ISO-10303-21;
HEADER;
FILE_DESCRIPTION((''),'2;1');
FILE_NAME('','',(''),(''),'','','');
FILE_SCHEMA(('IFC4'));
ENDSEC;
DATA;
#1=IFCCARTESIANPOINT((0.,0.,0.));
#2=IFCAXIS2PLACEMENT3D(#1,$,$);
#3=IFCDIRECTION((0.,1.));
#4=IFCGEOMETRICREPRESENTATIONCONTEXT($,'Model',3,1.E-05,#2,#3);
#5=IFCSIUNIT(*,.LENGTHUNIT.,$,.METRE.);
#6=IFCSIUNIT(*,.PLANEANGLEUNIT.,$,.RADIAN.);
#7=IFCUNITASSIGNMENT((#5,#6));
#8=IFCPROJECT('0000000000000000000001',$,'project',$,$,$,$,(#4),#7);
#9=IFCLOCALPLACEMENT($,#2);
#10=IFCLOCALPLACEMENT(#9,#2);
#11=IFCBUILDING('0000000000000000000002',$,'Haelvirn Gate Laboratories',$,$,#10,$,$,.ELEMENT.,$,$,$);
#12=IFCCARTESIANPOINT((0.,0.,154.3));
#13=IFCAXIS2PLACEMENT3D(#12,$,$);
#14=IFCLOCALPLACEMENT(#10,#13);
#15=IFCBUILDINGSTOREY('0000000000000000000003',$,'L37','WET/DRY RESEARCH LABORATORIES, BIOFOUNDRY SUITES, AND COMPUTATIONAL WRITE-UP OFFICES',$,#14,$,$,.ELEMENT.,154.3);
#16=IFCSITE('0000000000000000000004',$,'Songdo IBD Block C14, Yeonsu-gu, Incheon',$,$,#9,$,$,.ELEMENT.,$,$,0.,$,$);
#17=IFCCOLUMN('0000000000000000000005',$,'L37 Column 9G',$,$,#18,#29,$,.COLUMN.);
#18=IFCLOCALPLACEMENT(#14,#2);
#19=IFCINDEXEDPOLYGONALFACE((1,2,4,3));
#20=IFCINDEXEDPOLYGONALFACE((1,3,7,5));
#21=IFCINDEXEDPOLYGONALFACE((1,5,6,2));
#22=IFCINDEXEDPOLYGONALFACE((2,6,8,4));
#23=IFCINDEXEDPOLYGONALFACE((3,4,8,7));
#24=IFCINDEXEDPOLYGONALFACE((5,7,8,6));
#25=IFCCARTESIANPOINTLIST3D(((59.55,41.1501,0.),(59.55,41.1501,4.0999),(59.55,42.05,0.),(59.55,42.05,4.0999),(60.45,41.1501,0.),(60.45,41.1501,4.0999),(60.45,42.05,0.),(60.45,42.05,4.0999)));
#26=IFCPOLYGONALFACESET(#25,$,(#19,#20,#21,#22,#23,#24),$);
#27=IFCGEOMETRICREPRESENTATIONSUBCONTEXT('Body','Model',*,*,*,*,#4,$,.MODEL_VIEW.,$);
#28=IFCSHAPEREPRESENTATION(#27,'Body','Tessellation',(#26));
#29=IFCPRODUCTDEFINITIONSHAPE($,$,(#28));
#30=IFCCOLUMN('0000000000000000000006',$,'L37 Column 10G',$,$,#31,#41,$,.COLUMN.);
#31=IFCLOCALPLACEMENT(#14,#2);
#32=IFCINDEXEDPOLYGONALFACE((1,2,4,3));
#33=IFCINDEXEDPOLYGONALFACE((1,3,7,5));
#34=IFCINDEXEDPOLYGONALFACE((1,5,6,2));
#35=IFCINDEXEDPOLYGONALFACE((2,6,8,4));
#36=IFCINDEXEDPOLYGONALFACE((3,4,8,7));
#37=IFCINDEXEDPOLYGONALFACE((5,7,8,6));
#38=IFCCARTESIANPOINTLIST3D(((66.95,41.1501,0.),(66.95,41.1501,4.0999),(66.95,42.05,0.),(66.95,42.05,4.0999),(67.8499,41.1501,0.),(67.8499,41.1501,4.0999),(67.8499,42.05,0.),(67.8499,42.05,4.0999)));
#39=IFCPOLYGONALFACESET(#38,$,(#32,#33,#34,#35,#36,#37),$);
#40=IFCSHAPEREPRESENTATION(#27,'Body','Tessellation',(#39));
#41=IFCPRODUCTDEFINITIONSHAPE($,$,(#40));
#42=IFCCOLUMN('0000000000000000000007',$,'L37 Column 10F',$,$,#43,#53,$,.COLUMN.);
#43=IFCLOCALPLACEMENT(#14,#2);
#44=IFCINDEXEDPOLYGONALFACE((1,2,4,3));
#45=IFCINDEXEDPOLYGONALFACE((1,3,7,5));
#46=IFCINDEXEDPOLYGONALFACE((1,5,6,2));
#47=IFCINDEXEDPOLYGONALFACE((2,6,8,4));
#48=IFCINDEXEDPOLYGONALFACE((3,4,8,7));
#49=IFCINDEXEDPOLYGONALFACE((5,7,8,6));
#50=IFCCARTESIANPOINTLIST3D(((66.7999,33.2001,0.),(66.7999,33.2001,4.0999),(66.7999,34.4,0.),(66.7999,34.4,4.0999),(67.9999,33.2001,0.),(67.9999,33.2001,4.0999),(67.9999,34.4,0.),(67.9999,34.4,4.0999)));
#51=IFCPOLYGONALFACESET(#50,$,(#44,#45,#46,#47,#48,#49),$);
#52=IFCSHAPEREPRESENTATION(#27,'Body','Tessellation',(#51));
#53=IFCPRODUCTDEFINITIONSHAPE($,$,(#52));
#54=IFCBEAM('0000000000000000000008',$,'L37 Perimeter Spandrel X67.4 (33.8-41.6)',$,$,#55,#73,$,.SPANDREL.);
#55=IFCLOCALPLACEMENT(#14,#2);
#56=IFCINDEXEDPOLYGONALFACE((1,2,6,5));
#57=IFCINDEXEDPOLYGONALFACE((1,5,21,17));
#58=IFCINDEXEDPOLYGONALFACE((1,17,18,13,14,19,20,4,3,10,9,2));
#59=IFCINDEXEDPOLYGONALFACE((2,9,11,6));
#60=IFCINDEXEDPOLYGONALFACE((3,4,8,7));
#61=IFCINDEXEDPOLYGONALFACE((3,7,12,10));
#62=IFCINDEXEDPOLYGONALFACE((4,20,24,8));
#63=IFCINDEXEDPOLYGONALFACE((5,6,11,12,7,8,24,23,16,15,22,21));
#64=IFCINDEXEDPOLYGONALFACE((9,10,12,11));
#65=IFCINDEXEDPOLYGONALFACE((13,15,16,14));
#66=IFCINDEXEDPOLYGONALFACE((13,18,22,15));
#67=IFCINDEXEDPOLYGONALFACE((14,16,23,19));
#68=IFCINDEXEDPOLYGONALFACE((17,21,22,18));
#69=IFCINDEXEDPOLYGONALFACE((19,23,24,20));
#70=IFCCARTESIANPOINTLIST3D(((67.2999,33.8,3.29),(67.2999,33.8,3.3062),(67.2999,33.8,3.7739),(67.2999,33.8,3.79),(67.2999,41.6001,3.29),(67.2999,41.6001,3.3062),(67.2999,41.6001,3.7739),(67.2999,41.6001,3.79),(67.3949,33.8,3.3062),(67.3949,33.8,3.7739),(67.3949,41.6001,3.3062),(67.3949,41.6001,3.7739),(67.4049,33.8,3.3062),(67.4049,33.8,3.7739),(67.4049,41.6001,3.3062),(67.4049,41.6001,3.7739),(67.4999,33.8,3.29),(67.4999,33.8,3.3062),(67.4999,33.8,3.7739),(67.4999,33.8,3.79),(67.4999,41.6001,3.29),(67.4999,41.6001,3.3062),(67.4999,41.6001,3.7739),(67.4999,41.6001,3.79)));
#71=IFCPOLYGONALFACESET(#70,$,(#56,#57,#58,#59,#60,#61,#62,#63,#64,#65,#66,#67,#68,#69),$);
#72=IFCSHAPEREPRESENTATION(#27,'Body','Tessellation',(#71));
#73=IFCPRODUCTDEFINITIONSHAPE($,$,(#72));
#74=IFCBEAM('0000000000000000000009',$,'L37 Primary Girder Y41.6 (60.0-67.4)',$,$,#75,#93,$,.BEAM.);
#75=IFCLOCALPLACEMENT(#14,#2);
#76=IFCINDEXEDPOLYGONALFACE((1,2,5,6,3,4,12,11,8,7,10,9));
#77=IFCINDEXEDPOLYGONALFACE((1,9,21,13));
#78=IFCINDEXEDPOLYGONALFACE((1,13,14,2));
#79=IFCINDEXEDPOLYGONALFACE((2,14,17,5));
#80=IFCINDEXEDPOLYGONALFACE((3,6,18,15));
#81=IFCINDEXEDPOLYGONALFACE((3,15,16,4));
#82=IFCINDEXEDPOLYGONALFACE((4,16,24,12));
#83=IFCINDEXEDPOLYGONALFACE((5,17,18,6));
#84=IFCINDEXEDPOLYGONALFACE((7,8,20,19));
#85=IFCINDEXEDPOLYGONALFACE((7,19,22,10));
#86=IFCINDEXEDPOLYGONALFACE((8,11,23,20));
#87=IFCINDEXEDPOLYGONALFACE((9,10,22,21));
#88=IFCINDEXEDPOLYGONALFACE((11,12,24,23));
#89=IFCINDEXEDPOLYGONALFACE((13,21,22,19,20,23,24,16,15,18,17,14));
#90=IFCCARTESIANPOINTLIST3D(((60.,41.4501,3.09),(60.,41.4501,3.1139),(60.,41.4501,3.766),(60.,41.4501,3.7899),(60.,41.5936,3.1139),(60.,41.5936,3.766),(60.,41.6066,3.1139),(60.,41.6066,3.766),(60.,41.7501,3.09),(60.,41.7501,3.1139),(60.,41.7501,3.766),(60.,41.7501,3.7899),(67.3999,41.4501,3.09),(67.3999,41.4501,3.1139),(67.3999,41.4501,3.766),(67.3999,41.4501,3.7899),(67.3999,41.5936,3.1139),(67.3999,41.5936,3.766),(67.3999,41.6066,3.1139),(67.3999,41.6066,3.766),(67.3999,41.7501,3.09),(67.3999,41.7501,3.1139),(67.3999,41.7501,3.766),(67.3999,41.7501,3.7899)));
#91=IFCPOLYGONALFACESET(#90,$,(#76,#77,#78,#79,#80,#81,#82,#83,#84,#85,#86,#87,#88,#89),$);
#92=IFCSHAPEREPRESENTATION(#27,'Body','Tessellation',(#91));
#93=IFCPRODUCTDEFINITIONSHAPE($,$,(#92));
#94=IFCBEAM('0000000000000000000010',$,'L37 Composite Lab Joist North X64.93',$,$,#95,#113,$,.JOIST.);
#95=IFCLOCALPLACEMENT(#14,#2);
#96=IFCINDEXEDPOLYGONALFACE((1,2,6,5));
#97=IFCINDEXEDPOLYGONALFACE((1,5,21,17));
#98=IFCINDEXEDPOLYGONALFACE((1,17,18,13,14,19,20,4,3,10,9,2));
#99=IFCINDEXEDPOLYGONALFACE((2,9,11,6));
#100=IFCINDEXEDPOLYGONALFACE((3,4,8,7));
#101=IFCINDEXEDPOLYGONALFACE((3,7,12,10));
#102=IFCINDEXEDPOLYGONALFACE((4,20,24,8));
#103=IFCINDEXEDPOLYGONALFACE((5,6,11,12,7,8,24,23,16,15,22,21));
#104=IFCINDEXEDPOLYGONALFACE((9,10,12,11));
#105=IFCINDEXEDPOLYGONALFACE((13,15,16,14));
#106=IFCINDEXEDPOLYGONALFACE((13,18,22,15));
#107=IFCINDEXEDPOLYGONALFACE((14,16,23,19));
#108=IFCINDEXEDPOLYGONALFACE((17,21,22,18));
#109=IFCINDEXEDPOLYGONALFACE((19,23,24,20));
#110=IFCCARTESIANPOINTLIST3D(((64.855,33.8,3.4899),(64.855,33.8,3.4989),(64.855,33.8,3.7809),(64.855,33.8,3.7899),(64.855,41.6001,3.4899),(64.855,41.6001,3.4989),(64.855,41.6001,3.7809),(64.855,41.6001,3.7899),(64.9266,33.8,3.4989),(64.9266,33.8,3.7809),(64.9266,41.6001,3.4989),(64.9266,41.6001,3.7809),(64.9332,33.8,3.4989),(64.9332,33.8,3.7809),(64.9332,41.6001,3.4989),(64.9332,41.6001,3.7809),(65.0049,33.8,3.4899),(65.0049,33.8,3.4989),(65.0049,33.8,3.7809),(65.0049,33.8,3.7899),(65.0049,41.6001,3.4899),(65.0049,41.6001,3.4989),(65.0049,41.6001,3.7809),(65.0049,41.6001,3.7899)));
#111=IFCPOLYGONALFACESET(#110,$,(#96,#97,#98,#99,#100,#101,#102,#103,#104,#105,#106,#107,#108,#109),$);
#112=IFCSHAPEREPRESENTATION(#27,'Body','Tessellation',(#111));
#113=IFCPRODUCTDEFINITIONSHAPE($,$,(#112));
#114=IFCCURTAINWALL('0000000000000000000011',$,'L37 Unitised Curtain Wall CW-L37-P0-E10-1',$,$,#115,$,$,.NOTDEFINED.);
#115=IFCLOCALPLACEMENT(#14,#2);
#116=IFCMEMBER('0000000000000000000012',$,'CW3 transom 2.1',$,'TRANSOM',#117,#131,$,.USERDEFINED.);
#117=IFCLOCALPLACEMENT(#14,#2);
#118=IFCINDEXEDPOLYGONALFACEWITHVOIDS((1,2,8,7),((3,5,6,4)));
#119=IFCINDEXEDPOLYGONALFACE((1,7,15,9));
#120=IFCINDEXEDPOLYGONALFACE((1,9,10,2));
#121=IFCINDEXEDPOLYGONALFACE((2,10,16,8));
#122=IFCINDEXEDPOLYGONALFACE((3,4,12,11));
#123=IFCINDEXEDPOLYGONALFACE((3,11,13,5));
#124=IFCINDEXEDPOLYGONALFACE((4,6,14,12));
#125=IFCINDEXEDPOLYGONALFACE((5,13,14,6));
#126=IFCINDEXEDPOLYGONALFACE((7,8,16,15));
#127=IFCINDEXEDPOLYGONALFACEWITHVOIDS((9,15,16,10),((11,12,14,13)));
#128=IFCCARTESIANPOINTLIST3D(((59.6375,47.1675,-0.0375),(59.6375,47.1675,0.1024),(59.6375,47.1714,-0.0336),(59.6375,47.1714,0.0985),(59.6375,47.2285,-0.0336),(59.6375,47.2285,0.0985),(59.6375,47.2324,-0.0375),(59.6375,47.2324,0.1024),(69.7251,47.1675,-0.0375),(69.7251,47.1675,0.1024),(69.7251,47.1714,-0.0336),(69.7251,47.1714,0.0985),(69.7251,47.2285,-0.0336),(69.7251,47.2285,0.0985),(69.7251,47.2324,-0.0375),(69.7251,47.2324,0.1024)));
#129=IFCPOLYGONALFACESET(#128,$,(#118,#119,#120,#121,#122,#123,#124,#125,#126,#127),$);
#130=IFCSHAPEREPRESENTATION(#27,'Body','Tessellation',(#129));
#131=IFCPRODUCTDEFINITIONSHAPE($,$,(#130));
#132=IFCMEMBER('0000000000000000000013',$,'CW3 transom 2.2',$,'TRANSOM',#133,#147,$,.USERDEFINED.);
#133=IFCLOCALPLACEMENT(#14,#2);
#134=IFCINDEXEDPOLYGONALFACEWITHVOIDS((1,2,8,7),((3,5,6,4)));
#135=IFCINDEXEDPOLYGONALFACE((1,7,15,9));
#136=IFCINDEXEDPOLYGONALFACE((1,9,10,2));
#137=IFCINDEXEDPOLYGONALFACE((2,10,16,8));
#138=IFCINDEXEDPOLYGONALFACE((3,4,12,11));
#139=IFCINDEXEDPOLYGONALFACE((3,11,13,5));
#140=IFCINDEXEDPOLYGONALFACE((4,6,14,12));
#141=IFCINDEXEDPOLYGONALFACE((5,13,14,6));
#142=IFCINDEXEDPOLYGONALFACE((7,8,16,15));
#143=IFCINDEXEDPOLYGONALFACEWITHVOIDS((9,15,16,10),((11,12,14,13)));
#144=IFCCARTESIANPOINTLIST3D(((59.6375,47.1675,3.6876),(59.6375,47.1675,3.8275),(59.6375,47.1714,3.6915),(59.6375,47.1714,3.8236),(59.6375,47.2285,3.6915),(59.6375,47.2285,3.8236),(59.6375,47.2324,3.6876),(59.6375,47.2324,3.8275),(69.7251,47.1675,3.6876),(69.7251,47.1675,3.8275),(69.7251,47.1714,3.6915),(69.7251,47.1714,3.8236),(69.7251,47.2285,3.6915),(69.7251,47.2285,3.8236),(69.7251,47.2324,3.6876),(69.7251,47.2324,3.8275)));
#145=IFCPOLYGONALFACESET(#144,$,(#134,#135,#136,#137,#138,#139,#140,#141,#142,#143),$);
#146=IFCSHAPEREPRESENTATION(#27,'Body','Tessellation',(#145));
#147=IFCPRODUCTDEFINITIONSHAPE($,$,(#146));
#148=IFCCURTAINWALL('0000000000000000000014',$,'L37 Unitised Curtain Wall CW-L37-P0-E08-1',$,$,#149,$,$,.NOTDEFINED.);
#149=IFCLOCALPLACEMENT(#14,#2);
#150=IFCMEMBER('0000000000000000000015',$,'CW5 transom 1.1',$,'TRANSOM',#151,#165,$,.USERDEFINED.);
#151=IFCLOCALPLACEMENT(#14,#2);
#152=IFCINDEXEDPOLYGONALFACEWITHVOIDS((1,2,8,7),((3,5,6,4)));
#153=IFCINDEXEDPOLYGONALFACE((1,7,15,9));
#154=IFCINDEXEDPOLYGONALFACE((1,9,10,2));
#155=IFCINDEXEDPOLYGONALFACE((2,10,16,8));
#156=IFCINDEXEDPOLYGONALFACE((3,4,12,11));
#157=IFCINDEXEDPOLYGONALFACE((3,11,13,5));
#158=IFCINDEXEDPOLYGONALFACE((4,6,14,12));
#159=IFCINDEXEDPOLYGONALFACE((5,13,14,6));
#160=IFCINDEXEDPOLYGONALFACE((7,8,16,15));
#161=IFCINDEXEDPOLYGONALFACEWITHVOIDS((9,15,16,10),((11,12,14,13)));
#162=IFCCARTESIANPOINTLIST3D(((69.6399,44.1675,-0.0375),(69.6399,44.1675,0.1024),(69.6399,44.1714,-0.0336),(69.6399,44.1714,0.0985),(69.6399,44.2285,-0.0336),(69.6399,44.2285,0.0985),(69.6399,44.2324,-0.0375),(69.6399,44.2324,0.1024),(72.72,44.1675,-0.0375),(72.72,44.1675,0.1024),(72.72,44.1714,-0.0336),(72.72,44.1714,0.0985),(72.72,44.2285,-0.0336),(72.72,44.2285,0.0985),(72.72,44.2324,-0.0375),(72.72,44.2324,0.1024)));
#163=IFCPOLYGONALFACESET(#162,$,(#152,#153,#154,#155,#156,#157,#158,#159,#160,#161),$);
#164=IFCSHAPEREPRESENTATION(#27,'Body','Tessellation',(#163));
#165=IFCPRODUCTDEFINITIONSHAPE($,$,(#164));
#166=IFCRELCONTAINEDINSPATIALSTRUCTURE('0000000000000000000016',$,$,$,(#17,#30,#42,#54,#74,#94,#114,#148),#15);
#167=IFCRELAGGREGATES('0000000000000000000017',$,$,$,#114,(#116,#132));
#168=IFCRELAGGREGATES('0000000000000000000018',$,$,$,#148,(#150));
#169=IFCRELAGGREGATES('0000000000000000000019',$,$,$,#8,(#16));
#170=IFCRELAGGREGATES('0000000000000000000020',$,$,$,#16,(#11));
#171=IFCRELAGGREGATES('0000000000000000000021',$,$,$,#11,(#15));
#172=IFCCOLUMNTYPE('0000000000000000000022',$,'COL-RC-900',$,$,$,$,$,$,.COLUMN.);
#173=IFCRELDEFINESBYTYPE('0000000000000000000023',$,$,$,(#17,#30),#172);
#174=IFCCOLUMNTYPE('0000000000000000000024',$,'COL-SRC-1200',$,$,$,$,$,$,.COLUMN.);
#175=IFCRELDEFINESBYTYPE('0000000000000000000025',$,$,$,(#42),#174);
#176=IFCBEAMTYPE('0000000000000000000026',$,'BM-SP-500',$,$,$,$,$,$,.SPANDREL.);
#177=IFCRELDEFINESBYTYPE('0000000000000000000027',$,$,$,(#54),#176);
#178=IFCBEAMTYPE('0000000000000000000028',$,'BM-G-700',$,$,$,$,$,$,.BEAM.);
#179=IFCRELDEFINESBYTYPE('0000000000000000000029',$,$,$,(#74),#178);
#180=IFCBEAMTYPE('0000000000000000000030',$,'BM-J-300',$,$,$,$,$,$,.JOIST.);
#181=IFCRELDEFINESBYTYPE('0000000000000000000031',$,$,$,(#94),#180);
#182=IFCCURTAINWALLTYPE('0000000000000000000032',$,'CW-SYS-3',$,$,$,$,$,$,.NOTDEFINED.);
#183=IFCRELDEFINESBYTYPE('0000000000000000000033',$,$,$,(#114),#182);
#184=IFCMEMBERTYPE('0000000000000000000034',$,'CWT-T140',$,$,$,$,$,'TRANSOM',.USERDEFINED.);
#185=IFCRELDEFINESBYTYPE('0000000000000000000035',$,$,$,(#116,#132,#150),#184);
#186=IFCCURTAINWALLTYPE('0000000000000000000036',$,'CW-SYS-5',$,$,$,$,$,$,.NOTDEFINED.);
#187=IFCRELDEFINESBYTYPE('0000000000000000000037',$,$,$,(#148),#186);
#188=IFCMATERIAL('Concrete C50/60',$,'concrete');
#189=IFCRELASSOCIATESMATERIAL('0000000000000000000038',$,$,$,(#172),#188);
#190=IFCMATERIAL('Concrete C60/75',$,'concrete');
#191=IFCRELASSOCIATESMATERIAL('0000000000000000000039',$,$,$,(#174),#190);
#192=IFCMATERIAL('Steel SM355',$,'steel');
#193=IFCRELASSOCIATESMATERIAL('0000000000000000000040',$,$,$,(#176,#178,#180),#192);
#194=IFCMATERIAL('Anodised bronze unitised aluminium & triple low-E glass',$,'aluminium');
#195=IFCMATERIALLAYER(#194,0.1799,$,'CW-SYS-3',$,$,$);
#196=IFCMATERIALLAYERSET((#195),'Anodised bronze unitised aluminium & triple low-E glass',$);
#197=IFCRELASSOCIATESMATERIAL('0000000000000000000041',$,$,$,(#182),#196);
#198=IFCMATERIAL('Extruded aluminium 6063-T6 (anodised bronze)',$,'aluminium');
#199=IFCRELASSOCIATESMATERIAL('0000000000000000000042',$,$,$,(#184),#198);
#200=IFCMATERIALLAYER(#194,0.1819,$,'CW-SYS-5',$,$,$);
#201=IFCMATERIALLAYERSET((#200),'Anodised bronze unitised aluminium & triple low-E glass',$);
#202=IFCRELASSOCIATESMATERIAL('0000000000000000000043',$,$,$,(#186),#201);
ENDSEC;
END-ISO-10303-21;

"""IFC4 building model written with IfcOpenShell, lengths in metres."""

from ifc_helpers import new_model, si_unit, direction, frame, origin, origin_2d, place, context, subcontext, project, spatial, rectangle, hollow_rectangle, i_section, extrude, source, transform, mapped, material, layer, layer_set, material_profile, profile_set, type_object, type_shapes, element, aggregate, save


model = new_model("IFC4")

# Units and contexts
model_context = context("Model", 3, precision=1e-05, world=origin(), true_north=direction((0.0, 1.0)))
body_context = subcontext(model_context, "Body", "Model", "MODEL_VIEW")
ifc_project = project(units=[si_unit("LENGTHUNIT", "METRE"), si_unit("PLANEANGLEUNIT", "RADIAN")], contexts=[model_context])

# Site, building, storey
site_placement = place(None, origin())
site = spatial("IfcSite", under=ifc_project, at=site_placement, Name="Songdo IBD Block C14, Yeonsu-gu, Incheon", CompositionType="ELEMENT", RefElevation=0.0)
building_placement = place(site_placement, origin())
building = spatial("IfcBuilding", under=site, at=building_placement, Name="Haelvirn Gate Laboratories", CompositionType="ELEMENT")
storey_placement = place(building_placement, frame((0.0, 0.0, 154.3)))
storey = spatial("IfcBuildingStorey", under=building, at=storey_placement, Name="L37", Description="WET/DRY RESEARCH LABORATORIES, BIOFOUNDRY SUITES, AND COMPUTATIONAL WRITE-UP OFFICES", CompositionType="ELEMENT", Elevation=154.3)

# Columns
ifc_material_1 = material(Name="Concrete C50/60", Category="concrete")
ifc_material_profile_1 = material_profile(ifc_material_1, rectangle(XDim=0.8999, YDim=0.8999, at=origin_2d()), Name="RC-900x900")
ifc_profile_set_1 = profile_set([ifc_material_profile_1], Name="Concrete C50/60")
column_type_1 = type_object("IfcColumnType", Name="COL-RC-900", PredefinedType="COLUMN", material=ifc_profile_set_1)
shared_shape_1 = source(origin(), body_context, "Body", "SweptSolid", [
    extrude(rectangle(XDim=0.8999, YDim=0.8999, at=origin_2d()), origin(), (0.0, 0.0, 1.0), 4.0999),
])
type_shapes(column_type_1, [shared_shape_1])
for number, where, z_axis, x_axis, name in (
    (1, (60.0, 41.6001, 0.0), (0.0, 0.0, 1.0), (1.0, 0.0, 0.0), "L37 Column 9G"),
    (2, (67.3999, 41.6001, 0.0), (0.0, 0.0, 1.0), (1.0, 0.0, 0.0), "L37 Column 10G"),
):
    element("IfcColumn", number, at=place(storey_placement, frame(where, z_axis=z_axis, x_axis=x_axis)), inside=storey, type_object=column_type_1, Name=name, PredefinedType="COLUMN", context=body_context, shape_type="MappedRepresentation", body=[
        mapped(shared_shape_1, transform((0.0, 0.0, 0.0), scale=1.0)),
    ])
ifc_material_2 = material(Name="Concrete C60/75", Category="concrete")
ifc_material_profile_2 = material_profile(ifc_material_2, rectangle(XDim=1.2, YDim=1.2, at=origin_2d()), Name="SRC-1200x1200")
ifc_profile_set_2 = profile_set([ifc_material_profile_2], Name="Concrete C60/75")
column_type_2 = type_object("IfcColumnType", Name="COL-SRC-1200", PredefinedType="COLUMN", material=ifc_profile_set_2)
shared_shape_2 = source(origin(), body_context, "Body", "SweptSolid", [
    extrude(rectangle(XDim=1.2, YDim=1.2, at=origin_2d()), origin(), (0.0, 0.0, 1.0), 4.0999),
])
type_shapes(column_type_2, [shared_shape_2])
column_placement = place(storey_placement, frame((67.3999, 33.8, 0.0), z_axis=(0.0, 0.0, 1.0), x_axis=(1.0, 0.0, 0.0)))
element("IfcColumn", 3, at=column_placement, inside=storey, type_object=column_type_2, Name="L37 Column 10F", PredefinedType="COLUMN", context=body_context, shape_type="MappedRepresentation", body=[
    mapped(shared_shape_2, transform((0.0, 0.0, 0.0), scale=1.0)),
])

# Beams
ifc_material_3 = material(Name="Steel SM355", Category="steel")
ifc_material_profile_3 = material_profile(ifc_material_3, i_section(OverallWidth=0.2, OverallDepth=0.5, WebThickness=0.01, FlangeThickness=0.0161, at=origin_2d()), Name="H-500x200x10x16")
ifc_profile_set_3 = profile_set([ifc_material_profile_3], Name="Steel SM355")
beam_type_1 = type_object("IfcBeamType", Name="BM-SP-500", PredefinedType="SPANDREL", material=ifc_profile_set_3)
shared_shape_3 = source(origin(), body_context, "Body", "SweptSolid", [
    extrude(i_section(OverallWidth=0.2, OverallDepth=0.5, WebThickness=0.01, FlangeThickness=0.0161, at=origin_2d()), origin(), (0.0, 0.0, 1.0), 7.8),
])
type_shapes(beam_type_1, [shared_shape_3])
beam_1_placement = place(storey_placement, frame((67.3999, 33.8, 3.54), z_axis=(0.0, 1.0, 0.0), x_axis=(-1.0, 0.0, 0.0)))
element("IfcBeam", 4, at=beam_1_placement, inside=storey, type_object=beam_type_1, Name="L37 Perimeter Spandrel X67.4 (33.8-41.6)", PredefinedType="SPANDREL", context=body_context, shape_type="MappedRepresentation", body=[
    mapped(shared_shape_3, transform((0.0, 0.0, 0.0), scale=1.0)),
])
ifc_material_profile_4 = material_profile(ifc_material_3, i_section(OverallWidth=0.3, OverallDepth=0.7, WebThickness=0.0129, FlangeThickness=0.0239, at=origin_2d()), Name="H-700x300x13x24")
ifc_profile_set_4 = profile_set([ifc_material_profile_4], Name="Steel SM355")
beam_type_2 = type_object("IfcBeamType", Name="BM-G-700", PredefinedType="BEAM", material=ifc_profile_set_4)
shared_shape_4 = source(origin(), body_context, "Body", "SweptSolid", [
    extrude(i_section(OverallWidth=0.3, OverallDepth=0.7, WebThickness=0.0129, FlangeThickness=0.0239, at=origin_2d()), origin(), (0.0, 0.0, 1.0), 7.3999),
])
type_shapes(beam_type_2, [shared_shape_4])
beam_2_placement = place(storey_placement, frame((60.0, 41.6001, 3.4399), z_axis=(1.0, 0.0, 0.0), x_axis=(0.0, 1.0, 0.0)))
element("IfcBeam", 5, at=beam_2_placement, inside=storey, type_object=beam_type_2, Name="L37 Primary Girder Y41.6 (60.0-67.4)", PredefinedType="BEAM", context=body_context, shape_type="MappedRepresentation", body=[
    mapped(shared_shape_4, transform((0.0, 0.0, 0.0), scale=1.0)),
])
ifc_material_profile_5 = material_profile(ifc_material_3, i_section(OverallWidth=0.1499, OverallDepth=0.3, WebThickness=0.0066, FlangeThickness=0.009, at=origin_2d()), Name="H-300x150x6.5x9")
ifc_profile_set_5 = profile_set([ifc_material_profile_5], Name="Steel SM355")
beam_type_3 = type_object("IfcBeamType", Name="BM-J-300", PredefinedType="JOIST", material=ifc_profile_set_5)
shared_shape_5 = source(origin(), body_context, "Body", "SweptSolid", [
    extrude(i_section(OverallWidth=0.1499, OverallDepth=0.3, WebThickness=0.0066, FlangeThickness=0.009, at=origin_2d()), origin(), (0.0, 0.0, 1.0), 7.8),
])
type_shapes(beam_type_3, [shared_shape_5])
beam_3_placement = place(storey_placement, frame((64.9299, 33.8, 3.6399), z_axis=(0.0, 1.0, 0.0), x_axis=(-1.0, 0.0, 0.0)))
element("IfcBeam", 6, at=beam_3_placement, inside=storey, type_object=beam_type_3, Name="L37 Composite Lab Joist North X64.93", PredefinedType="JOIST", context=body_context, shape_type="MappedRepresentation", body=[
    mapped(shared_shape_5, transform((0.0, 0.0, 0.0), scale=1.0)),
])

# Curtain walls, members
ifc_material_4 = material(Name="Anodised bronze unitised aluminium & triple low-E glass", Category="aluminium")
ifc_layer_1 = layer(ifc_material_4, 0.1799, Name="CW-SYS-3")
ifc_layer_set_1 = layer_set([ifc_layer_1], Name="Anodised bronze unitised aluminium & triple low-E glass")
curtain_wall_type_1 = type_object("IfcCurtainWallType", Name="CW-SYS-3", PredefinedType="NOTDEFINED", material=ifc_layer_set_1)
curtain_wall_1_placement = place(storey_placement, origin())
curtain_wall_1 = element("IfcCurtainWall", 7, at=curtain_wall_1_placement, inside=storey, type_object=curtain_wall_type_1, Name="L37 Unitised Curtain Wall CW-L37-P0-E10-1", PredefinedType="NOTDEFINED")
ifc_material_5 = material(Name="Extruded aluminium 6063-T6 (anodised bronze)", Category="aluminium")
ifc_material_profile_6 = material_profile(ifc_material_5, hollow_rectangle(XDim=0.0649, YDim=0.1399, WallThickness=0.0039, at=origin_2d()), Name="CWT-140x65x4")
ifc_profile_set_6 = profile_set([ifc_material_profile_6], Name="Extruded aluminium 6063-T6 (anodised bronze)")
member_type_1 = type_object("IfcMemberType", Name="CWT-T140", ElementType="TRANSOM", PredefinedType="USERDEFINED", material=ifc_profile_set_6)
shared_shape_6 = source(origin(), body_context, "Body", "SweptSolid", [
    extrude(hollow_rectangle(XDim=0.0649, YDim=0.1399, WallThickness=0.0039, at=origin_2d()), origin(), (0.0, 0.0, 1.0), 10.0876),
])
member_1_placement = place(storey_placement, frame((59.6375, 47.2, 0.0325), z_axis=(1.0, 0.0, 0.0), x_axis=(0.0, 1.0, 0.0)))
member_1 = element("IfcMember", 8, at=member_1_placement, type_object=member_type_1, Name="CW3 transom 2.1", ObjectType="TRANSOM", PredefinedType="USERDEFINED", context=body_context, shape_type="MappedRepresentation", body=[
    mapped(shared_shape_6, transform((0.0, 0.0, 0.0), scale=1.0)),
])
member_2_placement = place(storey_placement, frame((59.6375, 47.2, 3.7576), z_axis=(1.0, 0.0, 0.0), x_axis=(0.0, 1.0, 0.0)))
member_2 = element("IfcMember", 9, at=member_2_placement, type_object=member_type_1, Name="CW3 transom 2.2", ObjectType="TRANSOM", PredefinedType="USERDEFINED", context=body_context, shape_type="MappedRepresentation", body=[
    mapped(shared_shape_6, transform((0.0, 0.0, 0.0), scale=1.0)),
])
ifc_layer_2 = layer(ifc_material_4, 0.1819, Name="CW-SYS-5")
ifc_layer_set_2 = layer_set([ifc_layer_2], Name="Anodised bronze unitised aluminium & triple low-E glass")
curtain_wall_type_2 = type_object("IfcCurtainWallType", Name="CW-SYS-5", PredefinedType="NOTDEFINED", material=ifc_layer_set_2)
curtain_wall_2_placement = place(storey_placement, origin())
curtain_wall_2 = element("IfcCurtainWall", 10, at=curtain_wall_2_placement, inside=storey, type_object=curtain_wall_type_2, Name="L37 Unitised Curtain Wall CW-L37-P0-E08-1", PredefinedType="NOTDEFINED")
shared_shape_7 = source(origin(), body_context, "Body", "SweptSolid", [
    extrude(hollow_rectangle(XDim=0.0649, YDim=0.1399, WallThickness=0.0039, at=origin_2d()), origin(), (0.0, 0.0, 1.0), 3.0801),
])
type_shapes(member_type_1, [shared_shape_6, shared_shape_7])
member_3_placement = place(storey_placement, frame((69.6399, 44.2, 0.0325), z_axis=(1.0, 0.0, 0.0), x_axis=(0.0, 1.0, 0.0)))
member_3 = element("IfcMember", 11, at=member_3_placement, type_object=member_type_1, Name="CW5 transom 1.1", ObjectType="TRANSOM", PredefinedType="USERDEFINED", context=body_context, shape_type="MappedRepresentation", body=[
    mapped(shared_shape_7, transform((0.0, 0.0, 0.0), scale=1.0)),
])

aggregate(curtain_wall_1, [member_1, member_2])
aggregate(curtain_wall_2, [member_3])

save(model, "model.ifc")
